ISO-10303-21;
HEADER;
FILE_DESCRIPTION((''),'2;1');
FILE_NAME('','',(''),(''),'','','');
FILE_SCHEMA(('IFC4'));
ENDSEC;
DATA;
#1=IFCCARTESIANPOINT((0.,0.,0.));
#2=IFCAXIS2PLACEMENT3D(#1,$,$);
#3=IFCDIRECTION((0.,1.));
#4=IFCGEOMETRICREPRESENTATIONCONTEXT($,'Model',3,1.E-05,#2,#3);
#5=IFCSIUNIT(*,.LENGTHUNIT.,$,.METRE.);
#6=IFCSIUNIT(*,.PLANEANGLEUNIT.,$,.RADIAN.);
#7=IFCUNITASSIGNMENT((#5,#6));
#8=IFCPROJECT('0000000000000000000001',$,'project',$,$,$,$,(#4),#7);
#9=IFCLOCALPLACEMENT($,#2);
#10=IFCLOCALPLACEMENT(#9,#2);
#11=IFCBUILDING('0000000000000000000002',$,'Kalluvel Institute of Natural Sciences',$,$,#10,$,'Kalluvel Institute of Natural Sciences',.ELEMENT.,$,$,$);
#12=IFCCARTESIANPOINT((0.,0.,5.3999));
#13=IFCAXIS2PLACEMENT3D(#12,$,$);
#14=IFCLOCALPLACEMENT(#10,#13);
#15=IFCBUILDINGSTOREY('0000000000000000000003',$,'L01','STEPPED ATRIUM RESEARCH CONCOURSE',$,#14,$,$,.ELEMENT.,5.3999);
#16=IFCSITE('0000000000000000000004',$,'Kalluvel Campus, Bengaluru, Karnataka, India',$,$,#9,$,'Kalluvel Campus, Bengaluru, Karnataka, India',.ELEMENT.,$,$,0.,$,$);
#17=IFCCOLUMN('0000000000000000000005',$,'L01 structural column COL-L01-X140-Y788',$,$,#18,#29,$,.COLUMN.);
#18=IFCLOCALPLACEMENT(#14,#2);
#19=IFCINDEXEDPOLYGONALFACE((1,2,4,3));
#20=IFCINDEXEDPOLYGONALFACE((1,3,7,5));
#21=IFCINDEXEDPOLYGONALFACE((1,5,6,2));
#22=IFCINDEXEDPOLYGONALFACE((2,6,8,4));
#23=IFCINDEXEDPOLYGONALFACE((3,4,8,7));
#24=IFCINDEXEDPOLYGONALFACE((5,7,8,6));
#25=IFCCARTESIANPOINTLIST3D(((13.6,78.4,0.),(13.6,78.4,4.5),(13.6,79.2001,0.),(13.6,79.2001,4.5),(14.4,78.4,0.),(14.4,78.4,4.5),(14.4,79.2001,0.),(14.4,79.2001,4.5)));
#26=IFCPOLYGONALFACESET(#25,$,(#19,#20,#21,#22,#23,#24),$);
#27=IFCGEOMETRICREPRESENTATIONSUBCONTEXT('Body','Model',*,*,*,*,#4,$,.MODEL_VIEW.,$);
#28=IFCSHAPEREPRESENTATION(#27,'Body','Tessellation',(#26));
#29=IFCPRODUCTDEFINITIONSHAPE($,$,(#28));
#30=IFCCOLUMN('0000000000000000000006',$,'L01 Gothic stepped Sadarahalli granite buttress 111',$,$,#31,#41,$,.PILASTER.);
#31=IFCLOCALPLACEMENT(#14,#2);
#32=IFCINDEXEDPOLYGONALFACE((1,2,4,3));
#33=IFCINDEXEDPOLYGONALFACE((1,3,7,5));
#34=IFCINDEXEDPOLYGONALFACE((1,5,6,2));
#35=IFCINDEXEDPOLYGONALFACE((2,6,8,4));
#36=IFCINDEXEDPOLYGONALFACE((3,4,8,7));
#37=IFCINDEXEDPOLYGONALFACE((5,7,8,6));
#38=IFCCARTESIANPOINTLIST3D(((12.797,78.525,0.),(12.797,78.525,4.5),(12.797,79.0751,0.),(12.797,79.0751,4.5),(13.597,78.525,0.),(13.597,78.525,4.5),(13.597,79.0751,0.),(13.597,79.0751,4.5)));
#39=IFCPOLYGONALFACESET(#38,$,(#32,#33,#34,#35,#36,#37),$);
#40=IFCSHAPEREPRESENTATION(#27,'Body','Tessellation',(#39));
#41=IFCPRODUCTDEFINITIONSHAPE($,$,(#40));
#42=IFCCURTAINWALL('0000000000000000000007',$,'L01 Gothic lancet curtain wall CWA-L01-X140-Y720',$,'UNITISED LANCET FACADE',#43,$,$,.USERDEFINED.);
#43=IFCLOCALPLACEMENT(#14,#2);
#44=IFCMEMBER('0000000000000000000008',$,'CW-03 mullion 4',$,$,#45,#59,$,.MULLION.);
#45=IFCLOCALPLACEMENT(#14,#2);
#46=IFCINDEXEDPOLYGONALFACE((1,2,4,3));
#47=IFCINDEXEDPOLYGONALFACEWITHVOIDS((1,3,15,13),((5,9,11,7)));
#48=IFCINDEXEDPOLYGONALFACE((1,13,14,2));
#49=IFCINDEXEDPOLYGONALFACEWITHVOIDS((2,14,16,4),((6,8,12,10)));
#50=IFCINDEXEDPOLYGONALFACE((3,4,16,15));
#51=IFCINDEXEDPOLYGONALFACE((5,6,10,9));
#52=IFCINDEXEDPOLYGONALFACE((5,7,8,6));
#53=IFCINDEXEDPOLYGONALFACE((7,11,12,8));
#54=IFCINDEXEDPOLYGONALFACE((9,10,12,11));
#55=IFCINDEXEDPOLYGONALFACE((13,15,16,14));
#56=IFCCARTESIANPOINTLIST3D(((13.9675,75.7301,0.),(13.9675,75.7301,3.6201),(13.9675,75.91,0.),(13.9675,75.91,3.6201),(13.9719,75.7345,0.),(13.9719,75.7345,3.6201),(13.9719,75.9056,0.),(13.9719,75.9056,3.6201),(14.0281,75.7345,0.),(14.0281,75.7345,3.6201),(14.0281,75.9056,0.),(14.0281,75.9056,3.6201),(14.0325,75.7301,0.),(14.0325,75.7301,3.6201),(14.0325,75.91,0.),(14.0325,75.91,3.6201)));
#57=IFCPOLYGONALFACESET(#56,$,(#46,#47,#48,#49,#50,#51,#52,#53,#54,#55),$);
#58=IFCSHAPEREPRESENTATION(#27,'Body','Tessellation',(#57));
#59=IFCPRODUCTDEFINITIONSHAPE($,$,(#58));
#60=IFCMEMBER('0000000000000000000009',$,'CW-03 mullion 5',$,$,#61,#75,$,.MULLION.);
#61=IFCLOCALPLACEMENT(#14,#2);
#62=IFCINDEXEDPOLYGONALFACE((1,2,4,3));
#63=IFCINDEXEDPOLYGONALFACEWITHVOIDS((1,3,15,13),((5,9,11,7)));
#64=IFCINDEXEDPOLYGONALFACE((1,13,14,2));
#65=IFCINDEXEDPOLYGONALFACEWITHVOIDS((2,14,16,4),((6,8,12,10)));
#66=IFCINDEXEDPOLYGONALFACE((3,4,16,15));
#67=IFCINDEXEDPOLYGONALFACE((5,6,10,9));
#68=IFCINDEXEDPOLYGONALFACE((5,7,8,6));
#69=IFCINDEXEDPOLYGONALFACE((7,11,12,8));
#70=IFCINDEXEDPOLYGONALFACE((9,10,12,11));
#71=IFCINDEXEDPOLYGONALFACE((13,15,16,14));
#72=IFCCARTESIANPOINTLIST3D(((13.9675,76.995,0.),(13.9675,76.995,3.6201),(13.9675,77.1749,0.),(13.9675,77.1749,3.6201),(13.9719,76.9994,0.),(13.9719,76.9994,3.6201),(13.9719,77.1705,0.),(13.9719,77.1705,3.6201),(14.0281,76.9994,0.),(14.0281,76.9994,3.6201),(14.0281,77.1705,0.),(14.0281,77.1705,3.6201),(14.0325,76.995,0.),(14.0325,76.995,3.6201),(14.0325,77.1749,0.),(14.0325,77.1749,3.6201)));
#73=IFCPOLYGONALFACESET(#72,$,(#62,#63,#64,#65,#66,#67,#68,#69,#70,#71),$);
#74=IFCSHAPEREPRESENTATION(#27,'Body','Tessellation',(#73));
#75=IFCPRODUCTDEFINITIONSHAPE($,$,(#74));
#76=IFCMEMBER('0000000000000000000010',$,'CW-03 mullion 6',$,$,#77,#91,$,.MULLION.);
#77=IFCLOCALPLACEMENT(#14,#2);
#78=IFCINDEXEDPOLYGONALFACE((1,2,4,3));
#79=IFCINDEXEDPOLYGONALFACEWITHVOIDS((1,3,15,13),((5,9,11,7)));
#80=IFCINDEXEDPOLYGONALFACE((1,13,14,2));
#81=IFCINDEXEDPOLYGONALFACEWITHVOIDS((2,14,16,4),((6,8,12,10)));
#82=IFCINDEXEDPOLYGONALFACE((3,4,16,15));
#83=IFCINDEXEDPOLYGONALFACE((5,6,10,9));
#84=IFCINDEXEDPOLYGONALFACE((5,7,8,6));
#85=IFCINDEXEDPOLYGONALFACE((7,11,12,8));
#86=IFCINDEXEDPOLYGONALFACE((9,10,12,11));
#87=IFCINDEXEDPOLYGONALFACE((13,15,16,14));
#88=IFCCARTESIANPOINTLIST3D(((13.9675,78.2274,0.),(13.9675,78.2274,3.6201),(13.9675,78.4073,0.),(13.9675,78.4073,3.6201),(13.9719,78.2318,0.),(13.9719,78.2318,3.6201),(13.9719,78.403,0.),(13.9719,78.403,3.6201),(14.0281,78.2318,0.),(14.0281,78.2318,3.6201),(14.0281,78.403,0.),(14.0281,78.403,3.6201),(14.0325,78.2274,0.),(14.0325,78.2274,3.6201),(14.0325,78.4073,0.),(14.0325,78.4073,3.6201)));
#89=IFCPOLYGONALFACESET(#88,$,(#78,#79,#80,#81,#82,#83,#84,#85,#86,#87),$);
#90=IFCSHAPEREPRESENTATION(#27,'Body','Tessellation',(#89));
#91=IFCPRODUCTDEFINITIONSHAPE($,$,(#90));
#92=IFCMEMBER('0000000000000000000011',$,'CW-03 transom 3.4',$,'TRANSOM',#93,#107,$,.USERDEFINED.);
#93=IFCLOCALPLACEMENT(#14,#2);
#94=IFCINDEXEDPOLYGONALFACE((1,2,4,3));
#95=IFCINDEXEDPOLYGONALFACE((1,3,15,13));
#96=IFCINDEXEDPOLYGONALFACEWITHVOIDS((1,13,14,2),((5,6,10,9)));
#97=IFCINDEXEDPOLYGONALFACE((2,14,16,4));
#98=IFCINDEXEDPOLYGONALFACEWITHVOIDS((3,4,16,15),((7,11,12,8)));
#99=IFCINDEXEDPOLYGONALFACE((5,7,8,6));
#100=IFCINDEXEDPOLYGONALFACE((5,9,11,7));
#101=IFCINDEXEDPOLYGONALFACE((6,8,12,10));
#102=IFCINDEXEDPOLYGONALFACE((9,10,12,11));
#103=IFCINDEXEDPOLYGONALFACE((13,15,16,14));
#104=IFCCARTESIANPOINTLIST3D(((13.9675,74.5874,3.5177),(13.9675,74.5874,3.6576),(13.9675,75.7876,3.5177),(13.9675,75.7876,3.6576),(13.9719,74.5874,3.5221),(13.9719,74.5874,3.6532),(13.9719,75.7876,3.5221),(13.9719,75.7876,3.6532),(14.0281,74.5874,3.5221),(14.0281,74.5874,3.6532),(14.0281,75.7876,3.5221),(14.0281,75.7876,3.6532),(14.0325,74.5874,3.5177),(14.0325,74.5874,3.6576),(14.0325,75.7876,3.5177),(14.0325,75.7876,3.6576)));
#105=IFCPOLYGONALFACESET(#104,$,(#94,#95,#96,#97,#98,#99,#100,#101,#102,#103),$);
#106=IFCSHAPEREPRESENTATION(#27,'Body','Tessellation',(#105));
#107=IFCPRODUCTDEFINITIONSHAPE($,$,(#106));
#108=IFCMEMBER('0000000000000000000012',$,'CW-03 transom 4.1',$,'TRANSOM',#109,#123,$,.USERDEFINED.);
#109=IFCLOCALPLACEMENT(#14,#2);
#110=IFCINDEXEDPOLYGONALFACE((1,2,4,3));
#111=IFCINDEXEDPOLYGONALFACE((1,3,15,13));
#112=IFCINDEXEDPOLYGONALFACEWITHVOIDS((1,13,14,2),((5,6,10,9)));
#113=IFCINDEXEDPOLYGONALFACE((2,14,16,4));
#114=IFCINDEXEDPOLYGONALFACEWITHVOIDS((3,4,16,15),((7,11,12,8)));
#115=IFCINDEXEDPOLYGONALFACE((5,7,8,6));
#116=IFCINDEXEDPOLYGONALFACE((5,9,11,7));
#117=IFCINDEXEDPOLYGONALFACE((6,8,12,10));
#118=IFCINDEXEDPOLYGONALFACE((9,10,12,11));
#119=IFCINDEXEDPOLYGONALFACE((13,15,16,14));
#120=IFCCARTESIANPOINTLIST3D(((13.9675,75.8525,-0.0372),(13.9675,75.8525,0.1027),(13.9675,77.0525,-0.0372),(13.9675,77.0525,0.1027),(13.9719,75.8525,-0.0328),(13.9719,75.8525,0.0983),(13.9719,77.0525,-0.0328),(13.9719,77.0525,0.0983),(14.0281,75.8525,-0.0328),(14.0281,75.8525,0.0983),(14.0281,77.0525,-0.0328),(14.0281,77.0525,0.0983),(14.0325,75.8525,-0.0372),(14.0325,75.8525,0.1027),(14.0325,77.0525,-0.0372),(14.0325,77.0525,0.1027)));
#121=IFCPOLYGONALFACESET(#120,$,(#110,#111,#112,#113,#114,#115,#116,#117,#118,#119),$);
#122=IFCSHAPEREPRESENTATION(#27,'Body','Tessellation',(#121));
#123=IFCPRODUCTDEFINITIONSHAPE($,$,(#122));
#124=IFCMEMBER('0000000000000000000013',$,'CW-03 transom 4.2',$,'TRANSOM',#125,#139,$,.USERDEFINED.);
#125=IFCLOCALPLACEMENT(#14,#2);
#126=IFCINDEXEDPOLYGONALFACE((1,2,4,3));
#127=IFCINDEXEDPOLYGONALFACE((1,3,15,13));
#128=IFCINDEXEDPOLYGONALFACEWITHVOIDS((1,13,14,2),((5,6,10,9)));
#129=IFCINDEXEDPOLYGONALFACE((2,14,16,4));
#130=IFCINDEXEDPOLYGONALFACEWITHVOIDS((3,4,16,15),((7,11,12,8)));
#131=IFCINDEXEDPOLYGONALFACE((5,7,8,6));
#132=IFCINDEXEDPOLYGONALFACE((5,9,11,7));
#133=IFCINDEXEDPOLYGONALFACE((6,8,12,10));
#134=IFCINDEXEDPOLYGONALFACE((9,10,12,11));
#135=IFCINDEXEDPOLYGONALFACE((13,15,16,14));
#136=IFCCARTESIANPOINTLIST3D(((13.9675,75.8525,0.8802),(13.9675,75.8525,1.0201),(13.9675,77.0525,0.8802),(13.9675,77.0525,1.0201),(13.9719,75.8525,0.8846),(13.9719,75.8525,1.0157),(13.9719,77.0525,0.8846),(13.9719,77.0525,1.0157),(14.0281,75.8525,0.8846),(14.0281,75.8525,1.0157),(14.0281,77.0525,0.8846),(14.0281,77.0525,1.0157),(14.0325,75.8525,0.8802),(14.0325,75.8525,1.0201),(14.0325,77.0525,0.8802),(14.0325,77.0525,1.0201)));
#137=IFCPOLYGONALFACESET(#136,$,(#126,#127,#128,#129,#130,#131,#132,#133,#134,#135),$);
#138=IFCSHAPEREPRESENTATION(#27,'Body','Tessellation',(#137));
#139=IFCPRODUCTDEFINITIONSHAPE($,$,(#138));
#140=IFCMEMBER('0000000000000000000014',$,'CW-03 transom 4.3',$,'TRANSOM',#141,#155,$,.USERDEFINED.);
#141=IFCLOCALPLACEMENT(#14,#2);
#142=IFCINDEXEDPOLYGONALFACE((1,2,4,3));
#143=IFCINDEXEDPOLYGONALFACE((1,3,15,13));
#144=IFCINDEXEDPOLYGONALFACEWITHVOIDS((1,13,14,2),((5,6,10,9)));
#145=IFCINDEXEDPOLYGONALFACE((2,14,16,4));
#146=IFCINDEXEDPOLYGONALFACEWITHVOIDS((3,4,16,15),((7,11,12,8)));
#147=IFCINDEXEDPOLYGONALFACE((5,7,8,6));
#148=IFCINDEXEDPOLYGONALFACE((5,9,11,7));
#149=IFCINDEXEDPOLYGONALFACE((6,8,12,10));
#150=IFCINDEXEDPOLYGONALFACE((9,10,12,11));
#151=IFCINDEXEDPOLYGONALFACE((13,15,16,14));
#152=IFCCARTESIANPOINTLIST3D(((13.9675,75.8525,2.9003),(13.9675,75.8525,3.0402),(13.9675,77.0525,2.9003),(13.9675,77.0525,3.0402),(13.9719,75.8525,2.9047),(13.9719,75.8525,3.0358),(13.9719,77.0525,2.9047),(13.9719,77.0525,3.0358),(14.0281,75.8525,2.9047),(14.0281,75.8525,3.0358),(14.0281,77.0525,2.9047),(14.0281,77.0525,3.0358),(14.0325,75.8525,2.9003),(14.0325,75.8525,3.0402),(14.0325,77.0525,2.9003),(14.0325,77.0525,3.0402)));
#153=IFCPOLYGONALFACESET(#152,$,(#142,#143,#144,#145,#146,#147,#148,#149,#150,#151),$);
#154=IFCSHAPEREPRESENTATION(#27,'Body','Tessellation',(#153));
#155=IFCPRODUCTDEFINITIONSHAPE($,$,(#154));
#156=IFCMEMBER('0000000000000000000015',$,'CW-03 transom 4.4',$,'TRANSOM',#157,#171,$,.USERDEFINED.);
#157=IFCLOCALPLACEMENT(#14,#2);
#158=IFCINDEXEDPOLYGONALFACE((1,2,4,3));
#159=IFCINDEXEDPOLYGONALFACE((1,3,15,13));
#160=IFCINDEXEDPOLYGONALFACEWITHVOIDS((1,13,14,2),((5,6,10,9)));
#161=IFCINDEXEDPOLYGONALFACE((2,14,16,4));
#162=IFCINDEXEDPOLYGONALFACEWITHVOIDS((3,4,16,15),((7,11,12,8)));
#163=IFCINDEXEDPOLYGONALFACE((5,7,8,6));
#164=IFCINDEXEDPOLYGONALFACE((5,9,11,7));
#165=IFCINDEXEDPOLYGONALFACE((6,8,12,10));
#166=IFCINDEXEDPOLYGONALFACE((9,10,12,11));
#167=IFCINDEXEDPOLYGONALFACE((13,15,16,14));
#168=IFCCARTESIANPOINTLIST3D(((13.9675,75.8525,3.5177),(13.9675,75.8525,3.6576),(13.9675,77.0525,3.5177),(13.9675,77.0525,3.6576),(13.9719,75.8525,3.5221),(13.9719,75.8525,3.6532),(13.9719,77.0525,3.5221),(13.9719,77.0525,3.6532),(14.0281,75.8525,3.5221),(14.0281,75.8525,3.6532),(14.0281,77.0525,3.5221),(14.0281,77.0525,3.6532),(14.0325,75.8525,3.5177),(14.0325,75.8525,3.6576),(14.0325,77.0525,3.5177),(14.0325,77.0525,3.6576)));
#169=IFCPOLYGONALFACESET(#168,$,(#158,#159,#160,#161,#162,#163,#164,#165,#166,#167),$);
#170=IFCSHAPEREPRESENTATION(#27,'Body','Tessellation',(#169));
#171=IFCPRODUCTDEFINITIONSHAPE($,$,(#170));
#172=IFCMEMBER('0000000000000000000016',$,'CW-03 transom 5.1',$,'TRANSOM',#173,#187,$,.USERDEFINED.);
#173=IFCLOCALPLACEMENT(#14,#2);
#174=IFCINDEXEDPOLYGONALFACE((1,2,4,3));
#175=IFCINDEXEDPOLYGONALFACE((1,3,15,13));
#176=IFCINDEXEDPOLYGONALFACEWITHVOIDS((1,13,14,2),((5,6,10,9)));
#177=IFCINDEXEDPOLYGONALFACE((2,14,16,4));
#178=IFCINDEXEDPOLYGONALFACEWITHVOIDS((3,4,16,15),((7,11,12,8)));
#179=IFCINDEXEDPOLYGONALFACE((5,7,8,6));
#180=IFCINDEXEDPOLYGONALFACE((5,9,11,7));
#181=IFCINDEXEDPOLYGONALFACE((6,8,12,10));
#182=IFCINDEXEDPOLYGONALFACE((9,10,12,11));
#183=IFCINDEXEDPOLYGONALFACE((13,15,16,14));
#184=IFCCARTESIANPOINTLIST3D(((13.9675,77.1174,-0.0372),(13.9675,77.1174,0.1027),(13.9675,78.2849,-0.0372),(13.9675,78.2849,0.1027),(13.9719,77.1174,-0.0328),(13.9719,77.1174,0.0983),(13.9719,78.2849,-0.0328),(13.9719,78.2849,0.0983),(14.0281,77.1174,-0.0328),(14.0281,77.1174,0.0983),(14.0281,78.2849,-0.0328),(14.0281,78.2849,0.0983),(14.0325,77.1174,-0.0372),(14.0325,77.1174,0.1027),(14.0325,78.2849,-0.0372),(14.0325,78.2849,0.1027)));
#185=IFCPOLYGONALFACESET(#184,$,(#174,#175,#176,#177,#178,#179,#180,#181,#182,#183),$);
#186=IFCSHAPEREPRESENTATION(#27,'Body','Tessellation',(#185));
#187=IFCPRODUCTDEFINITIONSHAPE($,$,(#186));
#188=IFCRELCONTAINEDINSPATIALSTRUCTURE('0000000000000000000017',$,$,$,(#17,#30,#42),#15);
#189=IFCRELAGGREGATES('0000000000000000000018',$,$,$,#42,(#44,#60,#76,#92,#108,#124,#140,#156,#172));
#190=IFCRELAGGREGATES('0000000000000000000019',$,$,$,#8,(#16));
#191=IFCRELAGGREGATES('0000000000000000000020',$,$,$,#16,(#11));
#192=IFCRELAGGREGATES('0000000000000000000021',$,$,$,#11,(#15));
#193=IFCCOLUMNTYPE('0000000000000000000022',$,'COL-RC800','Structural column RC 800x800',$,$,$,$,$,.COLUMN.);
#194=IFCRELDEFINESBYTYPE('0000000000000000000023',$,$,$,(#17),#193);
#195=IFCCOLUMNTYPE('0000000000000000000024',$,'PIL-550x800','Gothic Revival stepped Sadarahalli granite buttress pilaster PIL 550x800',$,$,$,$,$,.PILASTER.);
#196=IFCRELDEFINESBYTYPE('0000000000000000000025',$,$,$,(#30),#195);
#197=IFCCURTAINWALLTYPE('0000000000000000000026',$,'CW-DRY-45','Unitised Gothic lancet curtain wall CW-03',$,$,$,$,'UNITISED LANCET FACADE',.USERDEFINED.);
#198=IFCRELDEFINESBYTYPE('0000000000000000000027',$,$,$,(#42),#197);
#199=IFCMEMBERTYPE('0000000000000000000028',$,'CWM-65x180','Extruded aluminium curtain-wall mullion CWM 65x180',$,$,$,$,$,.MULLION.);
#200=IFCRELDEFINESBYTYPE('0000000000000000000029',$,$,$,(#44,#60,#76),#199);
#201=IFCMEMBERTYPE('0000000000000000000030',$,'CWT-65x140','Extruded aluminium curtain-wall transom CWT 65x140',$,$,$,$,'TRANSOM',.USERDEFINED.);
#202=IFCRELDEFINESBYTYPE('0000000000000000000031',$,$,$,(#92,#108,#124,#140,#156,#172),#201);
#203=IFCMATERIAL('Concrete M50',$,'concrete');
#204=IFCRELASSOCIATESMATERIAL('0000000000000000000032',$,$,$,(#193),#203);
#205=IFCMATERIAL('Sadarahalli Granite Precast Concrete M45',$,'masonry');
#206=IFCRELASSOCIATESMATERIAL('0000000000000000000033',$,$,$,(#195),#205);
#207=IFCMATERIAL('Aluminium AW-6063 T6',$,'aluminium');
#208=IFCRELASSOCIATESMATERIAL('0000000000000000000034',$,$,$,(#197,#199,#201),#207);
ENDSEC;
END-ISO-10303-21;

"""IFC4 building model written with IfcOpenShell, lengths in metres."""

from ifc_helpers import new_model, si_unit, direction, frame, origin, origin_2d, place, context, subcontext, project, spatial, rectangle, hollow_rectangle, extrude, material, material_profile, profile_set, type_object, element, aggregate, save


model = new_model("IFC4")

# Units and contexts
model_context = context("Model", 3, precision=1e-05, world=origin(), true_north=direction((0.0, 1.0)))
body_context = subcontext(model_context, "Body", "Model", "MODEL_VIEW")
ifc_project = project(units=[si_unit("LENGTHUNIT", "METRE"), si_unit("PLANEANGLEUNIT", "RADIAN")], contexts=[model_context])

# Site, building, storey
site_placement = place(None, origin())
site = spatial("IfcSite", under=ifc_project, at=site_placement, Name="Kalluvel Campus, Bengaluru, Karnataka, India", LongName="Kalluvel Campus, Bengaluru, Karnataka, India", CompositionType="ELEMENT", RefElevation=0.0)
building_placement = place(site_placement, origin())
building = spatial("IfcBuilding", under=site, at=building_placement, Name="Kalluvel Institute of Natural Sciences", LongName="Kalluvel Institute of Natural Sciences", CompositionType="ELEMENT")
storey_placement = place(building_placement, frame((0.0, 0.0, 5.3999)))
storey = spatial("IfcBuildingStorey", under=building, at=storey_placement, Name="L01", Description="STEPPED ATRIUM RESEARCH CONCOURSE", CompositionType="ELEMENT", Elevation=5.3999)

# Columns
ifc_material_1 = material(Name="Concrete M50", Category="concrete")
ifc_material_profile_1 = material_profile(ifc_material_1, rectangle(XDim=0.8, YDim=0.8, at=origin_2d()), Name="RC 800x800")
ifc_profile_set_1 = profile_set([ifc_material_profile_1], Name="Concrete M50")
column_type_1 = type_object("IfcColumnType", Name="COL-RC800", Description="Structural column RC 800x800", PredefinedType="COLUMN", material=ifc_profile_set_1)
column_1_placement = place(storey_placement, frame((14.0, 78.8, 0.0), z_axis=(0.0, 0.0, 1.0), x_axis=(1.0, 0.0, 0.0)))
element("IfcColumn", 1, at=column_1_placement, inside=storey, type_object=column_type_1, Name="L01 structural column COL-L01-X140-Y788", PredefinedType="COLUMN", context=body_context, shape_type="SweptSolid", body=[
    extrude(rectangle(XDim=0.8, YDim=0.8, at=origin_2d()), origin(), (0.0, 0.0, 1.0), 4.5),
])
ifc_material_2 = material(Name="Sadarahalli Granite Precast Concrete M45", Category="masonry")
ifc_material_profile_2 = material_profile(ifc_material_2, rectangle(XDim=0.55, YDim=0.8, at=origin_2d()), Name="PIL 550x800")
ifc_profile_set_2 = profile_set([ifc_material_profile_2], Name="Sadarahalli Granite Precast Concrete M45")
column_type_2 = type_object("IfcColumnType", Name="PIL-550x800", Description="Gothic Revival stepped Sadarahalli granite buttress pilaster PIL 550x800", PredefinedType="PILASTER", material=ifc_profile_set_2)
column_2_placement = place(storey_placement, frame((13.197, 78.8, 0.0), z_axis=(0.0, 0.0, 1.0), x_axis=(0.0, 1.0, 0.0)))
element("IfcColumn", 2, at=column_2_placement, inside=storey, type_object=column_type_2, Name="L01 Gothic stepped Sadarahalli granite buttress 111", PredefinedType="PILASTER", context=body_context, shape_type="SweptSolid", body=[
    extrude(rectangle(XDim=0.55, YDim=0.8, at=origin_2d()), origin(), (0.0, 0.0, 1.0), 4.5),
])

# Curtain wall, members
ifc_material_3 = material(Name="Aluminium AW-6063 T6", Category="aluminium")
curtain_wall_type = type_object("IfcCurtainWallType", Name="CW-DRY-45", Description="Unitised Gothic lancet curtain wall CW-03", ElementType="UNITISED LANCET FACADE", PredefinedType="USERDEFINED", material=ifc_material_3)
curtain_wall_placement = place(storey_placement, origin())
curtain_wall = element("IfcCurtainWall", 3, at=curtain_wall_placement, inside=storey, type_object=curtain_wall_type, Name="L01 Gothic lancet curtain wall CWA-L01-X140-Y720", ObjectType="UNITISED LANCET FACADE", PredefinedType="USERDEFINED")
ifc_material_profile_3 = material_profile(ifc_material_3, hollow_rectangle(XDim=0.0649, YDim=0.1799, WallThickness=0.0044, at=origin_2d()), Name="CWM 65x180")
ifc_profile_set_3 = profile_set([ifc_material_profile_3], Name="Aluminium AW-6063 T6")
member_type_1 = type_object("IfcMemberType", Name="CWM-65x180", Description="Extruded aluminium curtain-wall mullion CWM 65x180", PredefinedType="MULLION", material=ifc_profile_set_3)
member_1_placement = place(storey_placement, frame((14.0, 75.8201, 0.0), z_axis=(0.0, 0.0, 1.0), x_axis=(-1.0, 0.0, 0.0)))
member_1 = element("IfcMember", 4, at=member_1_placement, type_object=member_type_1, Name="CW-03 mullion 4", PredefinedType="MULLION", context=body_context, shape_type="SweptSolid", body=[
    extrude(hollow_rectangle(XDim=0.0649, YDim=0.1799, WallThickness=0.0044, at=origin_2d()), origin(), (0.0, 0.0, 1.0), 3.6201),
])
member_2_placement = place(storey_placement, frame((14.0, 77.085, 0.0), z_axis=(0.0, 0.0, 1.0), x_axis=(-1.0, 0.0, 0.0)))
member_2 = element("IfcMember", 5, at=member_2_placement, type_object=member_type_1, Name="CW-03 mullion 5", PredefinedType="MULLION", context=body_context, shape_type="SweptSolid", body=[
    extrude(hollow_rectangle(XDim=0.0649, YDim=0.1799, WallThickness=0.0044, at=origin_2d()), origin(), (0.0, 0.0, 1.0), 3.6201),
])
member_3_placement = place(storey_placement, frame((14.0, 78.3174, 0.0), z_axis=(0.0, 0.0, 1.0), x_axis=(-1.0, 0.0, 0.0)))
member_3 = element("IfcMember", 6, at=member_3_placement, type_object=member_type_1, Name="CW-03 mullion 6", PredefinedType="MULLION", context=body_context, shape_type="SweptSolid", body=[
    extrude(hollow_rectangle(XDim=0.0649, YDim=0.1799, WallThickness=0.0044, at=origin_2d()), origin(), (0.0, 0.0, 1.0), 3.6201),
])
ifc_material_profile_4 = material_profile(ifc_material_3, hollow_rectangle(XDim=0.0649, YDim=0.1399, WallThickness=0.0044, at=origin_2d()), Name="CWT 65x140")
ifc_profile_set_4 = profile_set([ifc_material_profile_4], Name="Aluminium AW-6063 T6")
member_type_2 = type_object("IfcMemberType", Name="CWT-65x140", Description="Extruded aluminium curtain-wall transom CWT 65x140", ElementType="TRANSOM", PredefinedType="USERDEFINED", material=ifc_profile_set_4)
member_4_placement = place(storey_placement, frame((14.0, 74.5874, 3.5876), z_axis=(0.0, 1.0, 0.0), x_axis=(-1.0, 0.0, 0.0)))
member_4 = element("IfcMember", 7, at=member_4_placement, type_object=member_type_2, Name="CW-03 transom 3.4", ObjectType="TRANSOM", PredefinedType="USERDEFINED", context=body_context, shape_type="SweptSolid", body=[
    extrude(hollow_rectangle(XDim=0.0649, YDim=0.1399, WallThickness=0.0044, at=origin_2d()), origin(), (0.0, 0.0, 1.0), 1.2002),
])
member_5_placement = place(storey_placement, frame((14.0, 75.8525, 0.0327), z_axis=(0.0, 1.0, 0.0), x_axis=(-1.0, 0.0, 0.0)))
member_5 = element("IfcMember", 8, at=member_5_placement, type_object=member_type_2, Name="CW-03 transom 4.1", ObjectType="TRANSOM", PredefinedType="USERDEFINED", context=body_context, shape_type="SweptSolid", body=[
    extrude(hollow_rectangle(XDim=0.0649, YDim=0.1399, WallThickness=0.0044, at=origin_2d()), origin(), (0.0, 0.0, 1.0), 1.2),
])
member_6_placement = place(storey_placement, frame((14.0, 75.8525, 0.9502), z_axis=(0.0, 1.0, 0.0), x_axis=(-1.0, 0.0, 0.0)))
member_6 = element("IfcMember", 9, at=member_6_placement, type_object=member_type_2, Name="CW-03 transom 4.2", ObjectType="TRANSOM", PredefinedType="USERDEFINED", context=body_context, shape_type="SweptSolid", body=[
    extrude(hollow_rectangle(XDim=0.0649, YDim=0.1399, WallThickness=0.0044, at=origin_2d()), origin(), (0.0, 0.0, 1.0), 1.2),
])
member_7_placement = place(storey_placement, frame((14.0, 75.8525, 2.9702), z_axis=(0.0, 1.0, 0.0), x_axis=(-1.0, 0.0, 0.0)))
member_7 = element("IfcMember", 10, at=member_7_placement, type_object=member_type_2, Name="CW-03 transom 4.3", ObjectType="TRANSOM", PredefinedType="USERDEFINED", context=body_context, shape_type="SweptSolid", body=[
    extrude(hollow_rectangle(XDim=0.0649, YDim=0.1399, WallThickness=0.0044, at=origin_2d()), origin(), (0.0, 0.0, 1.0), 1.2),
])
member_8_placement = place(storey_placement, frame((14.0, 75.8525, 3.5876), z_axis=(0.0, 1.0, 0.0), x_axis=(-1.0, 0.0, 0.0)))
member_8 = element("IfcMember", 11, at=member_8_placement, type_object=member_type_2, Name="CW-03 transom 4.4", ObjectType="TRANSOM", PredefinedType="USERDEFINED", context=body_context, shape_type="SweptSolid", body=[
    extrude(hollow_rectangle(XDim=0.0649, YDim=0.1399, WallThickness=0.0044, at=origin_2d()), origin(), (0.0, 0.0, 1.0), 1.2),
])
member_9_placement = place(storey_placement, frame((14.0, 77.1174, 0.0327), z_axis=(0.0, 1.0, 0.0), x_axis=(-1.0, 0.0, 0.0)))
member_9 = element("IfcMember", 12, at=member_9_placement, type_object=member_type_2, Name="CW-03 transom 5.1", ObjectType="TRANSOM", PredefinedType="USERDEFINED", context=body_context, shape_type="SweptSolid", body=[
    extrude(hollow_rectangle(XDim=0.0649, YDim=0.1399, WallThickness=0.0044, at=origin_2d()), origin(), (0.0, 0.0, 1.0), 1.1675),
])
aggregate(curtain_wall, [member_1, member_2, member_3, member_4, member_5, member_6, member_7, member_8, member_9])

save(model, "model.ifc")
